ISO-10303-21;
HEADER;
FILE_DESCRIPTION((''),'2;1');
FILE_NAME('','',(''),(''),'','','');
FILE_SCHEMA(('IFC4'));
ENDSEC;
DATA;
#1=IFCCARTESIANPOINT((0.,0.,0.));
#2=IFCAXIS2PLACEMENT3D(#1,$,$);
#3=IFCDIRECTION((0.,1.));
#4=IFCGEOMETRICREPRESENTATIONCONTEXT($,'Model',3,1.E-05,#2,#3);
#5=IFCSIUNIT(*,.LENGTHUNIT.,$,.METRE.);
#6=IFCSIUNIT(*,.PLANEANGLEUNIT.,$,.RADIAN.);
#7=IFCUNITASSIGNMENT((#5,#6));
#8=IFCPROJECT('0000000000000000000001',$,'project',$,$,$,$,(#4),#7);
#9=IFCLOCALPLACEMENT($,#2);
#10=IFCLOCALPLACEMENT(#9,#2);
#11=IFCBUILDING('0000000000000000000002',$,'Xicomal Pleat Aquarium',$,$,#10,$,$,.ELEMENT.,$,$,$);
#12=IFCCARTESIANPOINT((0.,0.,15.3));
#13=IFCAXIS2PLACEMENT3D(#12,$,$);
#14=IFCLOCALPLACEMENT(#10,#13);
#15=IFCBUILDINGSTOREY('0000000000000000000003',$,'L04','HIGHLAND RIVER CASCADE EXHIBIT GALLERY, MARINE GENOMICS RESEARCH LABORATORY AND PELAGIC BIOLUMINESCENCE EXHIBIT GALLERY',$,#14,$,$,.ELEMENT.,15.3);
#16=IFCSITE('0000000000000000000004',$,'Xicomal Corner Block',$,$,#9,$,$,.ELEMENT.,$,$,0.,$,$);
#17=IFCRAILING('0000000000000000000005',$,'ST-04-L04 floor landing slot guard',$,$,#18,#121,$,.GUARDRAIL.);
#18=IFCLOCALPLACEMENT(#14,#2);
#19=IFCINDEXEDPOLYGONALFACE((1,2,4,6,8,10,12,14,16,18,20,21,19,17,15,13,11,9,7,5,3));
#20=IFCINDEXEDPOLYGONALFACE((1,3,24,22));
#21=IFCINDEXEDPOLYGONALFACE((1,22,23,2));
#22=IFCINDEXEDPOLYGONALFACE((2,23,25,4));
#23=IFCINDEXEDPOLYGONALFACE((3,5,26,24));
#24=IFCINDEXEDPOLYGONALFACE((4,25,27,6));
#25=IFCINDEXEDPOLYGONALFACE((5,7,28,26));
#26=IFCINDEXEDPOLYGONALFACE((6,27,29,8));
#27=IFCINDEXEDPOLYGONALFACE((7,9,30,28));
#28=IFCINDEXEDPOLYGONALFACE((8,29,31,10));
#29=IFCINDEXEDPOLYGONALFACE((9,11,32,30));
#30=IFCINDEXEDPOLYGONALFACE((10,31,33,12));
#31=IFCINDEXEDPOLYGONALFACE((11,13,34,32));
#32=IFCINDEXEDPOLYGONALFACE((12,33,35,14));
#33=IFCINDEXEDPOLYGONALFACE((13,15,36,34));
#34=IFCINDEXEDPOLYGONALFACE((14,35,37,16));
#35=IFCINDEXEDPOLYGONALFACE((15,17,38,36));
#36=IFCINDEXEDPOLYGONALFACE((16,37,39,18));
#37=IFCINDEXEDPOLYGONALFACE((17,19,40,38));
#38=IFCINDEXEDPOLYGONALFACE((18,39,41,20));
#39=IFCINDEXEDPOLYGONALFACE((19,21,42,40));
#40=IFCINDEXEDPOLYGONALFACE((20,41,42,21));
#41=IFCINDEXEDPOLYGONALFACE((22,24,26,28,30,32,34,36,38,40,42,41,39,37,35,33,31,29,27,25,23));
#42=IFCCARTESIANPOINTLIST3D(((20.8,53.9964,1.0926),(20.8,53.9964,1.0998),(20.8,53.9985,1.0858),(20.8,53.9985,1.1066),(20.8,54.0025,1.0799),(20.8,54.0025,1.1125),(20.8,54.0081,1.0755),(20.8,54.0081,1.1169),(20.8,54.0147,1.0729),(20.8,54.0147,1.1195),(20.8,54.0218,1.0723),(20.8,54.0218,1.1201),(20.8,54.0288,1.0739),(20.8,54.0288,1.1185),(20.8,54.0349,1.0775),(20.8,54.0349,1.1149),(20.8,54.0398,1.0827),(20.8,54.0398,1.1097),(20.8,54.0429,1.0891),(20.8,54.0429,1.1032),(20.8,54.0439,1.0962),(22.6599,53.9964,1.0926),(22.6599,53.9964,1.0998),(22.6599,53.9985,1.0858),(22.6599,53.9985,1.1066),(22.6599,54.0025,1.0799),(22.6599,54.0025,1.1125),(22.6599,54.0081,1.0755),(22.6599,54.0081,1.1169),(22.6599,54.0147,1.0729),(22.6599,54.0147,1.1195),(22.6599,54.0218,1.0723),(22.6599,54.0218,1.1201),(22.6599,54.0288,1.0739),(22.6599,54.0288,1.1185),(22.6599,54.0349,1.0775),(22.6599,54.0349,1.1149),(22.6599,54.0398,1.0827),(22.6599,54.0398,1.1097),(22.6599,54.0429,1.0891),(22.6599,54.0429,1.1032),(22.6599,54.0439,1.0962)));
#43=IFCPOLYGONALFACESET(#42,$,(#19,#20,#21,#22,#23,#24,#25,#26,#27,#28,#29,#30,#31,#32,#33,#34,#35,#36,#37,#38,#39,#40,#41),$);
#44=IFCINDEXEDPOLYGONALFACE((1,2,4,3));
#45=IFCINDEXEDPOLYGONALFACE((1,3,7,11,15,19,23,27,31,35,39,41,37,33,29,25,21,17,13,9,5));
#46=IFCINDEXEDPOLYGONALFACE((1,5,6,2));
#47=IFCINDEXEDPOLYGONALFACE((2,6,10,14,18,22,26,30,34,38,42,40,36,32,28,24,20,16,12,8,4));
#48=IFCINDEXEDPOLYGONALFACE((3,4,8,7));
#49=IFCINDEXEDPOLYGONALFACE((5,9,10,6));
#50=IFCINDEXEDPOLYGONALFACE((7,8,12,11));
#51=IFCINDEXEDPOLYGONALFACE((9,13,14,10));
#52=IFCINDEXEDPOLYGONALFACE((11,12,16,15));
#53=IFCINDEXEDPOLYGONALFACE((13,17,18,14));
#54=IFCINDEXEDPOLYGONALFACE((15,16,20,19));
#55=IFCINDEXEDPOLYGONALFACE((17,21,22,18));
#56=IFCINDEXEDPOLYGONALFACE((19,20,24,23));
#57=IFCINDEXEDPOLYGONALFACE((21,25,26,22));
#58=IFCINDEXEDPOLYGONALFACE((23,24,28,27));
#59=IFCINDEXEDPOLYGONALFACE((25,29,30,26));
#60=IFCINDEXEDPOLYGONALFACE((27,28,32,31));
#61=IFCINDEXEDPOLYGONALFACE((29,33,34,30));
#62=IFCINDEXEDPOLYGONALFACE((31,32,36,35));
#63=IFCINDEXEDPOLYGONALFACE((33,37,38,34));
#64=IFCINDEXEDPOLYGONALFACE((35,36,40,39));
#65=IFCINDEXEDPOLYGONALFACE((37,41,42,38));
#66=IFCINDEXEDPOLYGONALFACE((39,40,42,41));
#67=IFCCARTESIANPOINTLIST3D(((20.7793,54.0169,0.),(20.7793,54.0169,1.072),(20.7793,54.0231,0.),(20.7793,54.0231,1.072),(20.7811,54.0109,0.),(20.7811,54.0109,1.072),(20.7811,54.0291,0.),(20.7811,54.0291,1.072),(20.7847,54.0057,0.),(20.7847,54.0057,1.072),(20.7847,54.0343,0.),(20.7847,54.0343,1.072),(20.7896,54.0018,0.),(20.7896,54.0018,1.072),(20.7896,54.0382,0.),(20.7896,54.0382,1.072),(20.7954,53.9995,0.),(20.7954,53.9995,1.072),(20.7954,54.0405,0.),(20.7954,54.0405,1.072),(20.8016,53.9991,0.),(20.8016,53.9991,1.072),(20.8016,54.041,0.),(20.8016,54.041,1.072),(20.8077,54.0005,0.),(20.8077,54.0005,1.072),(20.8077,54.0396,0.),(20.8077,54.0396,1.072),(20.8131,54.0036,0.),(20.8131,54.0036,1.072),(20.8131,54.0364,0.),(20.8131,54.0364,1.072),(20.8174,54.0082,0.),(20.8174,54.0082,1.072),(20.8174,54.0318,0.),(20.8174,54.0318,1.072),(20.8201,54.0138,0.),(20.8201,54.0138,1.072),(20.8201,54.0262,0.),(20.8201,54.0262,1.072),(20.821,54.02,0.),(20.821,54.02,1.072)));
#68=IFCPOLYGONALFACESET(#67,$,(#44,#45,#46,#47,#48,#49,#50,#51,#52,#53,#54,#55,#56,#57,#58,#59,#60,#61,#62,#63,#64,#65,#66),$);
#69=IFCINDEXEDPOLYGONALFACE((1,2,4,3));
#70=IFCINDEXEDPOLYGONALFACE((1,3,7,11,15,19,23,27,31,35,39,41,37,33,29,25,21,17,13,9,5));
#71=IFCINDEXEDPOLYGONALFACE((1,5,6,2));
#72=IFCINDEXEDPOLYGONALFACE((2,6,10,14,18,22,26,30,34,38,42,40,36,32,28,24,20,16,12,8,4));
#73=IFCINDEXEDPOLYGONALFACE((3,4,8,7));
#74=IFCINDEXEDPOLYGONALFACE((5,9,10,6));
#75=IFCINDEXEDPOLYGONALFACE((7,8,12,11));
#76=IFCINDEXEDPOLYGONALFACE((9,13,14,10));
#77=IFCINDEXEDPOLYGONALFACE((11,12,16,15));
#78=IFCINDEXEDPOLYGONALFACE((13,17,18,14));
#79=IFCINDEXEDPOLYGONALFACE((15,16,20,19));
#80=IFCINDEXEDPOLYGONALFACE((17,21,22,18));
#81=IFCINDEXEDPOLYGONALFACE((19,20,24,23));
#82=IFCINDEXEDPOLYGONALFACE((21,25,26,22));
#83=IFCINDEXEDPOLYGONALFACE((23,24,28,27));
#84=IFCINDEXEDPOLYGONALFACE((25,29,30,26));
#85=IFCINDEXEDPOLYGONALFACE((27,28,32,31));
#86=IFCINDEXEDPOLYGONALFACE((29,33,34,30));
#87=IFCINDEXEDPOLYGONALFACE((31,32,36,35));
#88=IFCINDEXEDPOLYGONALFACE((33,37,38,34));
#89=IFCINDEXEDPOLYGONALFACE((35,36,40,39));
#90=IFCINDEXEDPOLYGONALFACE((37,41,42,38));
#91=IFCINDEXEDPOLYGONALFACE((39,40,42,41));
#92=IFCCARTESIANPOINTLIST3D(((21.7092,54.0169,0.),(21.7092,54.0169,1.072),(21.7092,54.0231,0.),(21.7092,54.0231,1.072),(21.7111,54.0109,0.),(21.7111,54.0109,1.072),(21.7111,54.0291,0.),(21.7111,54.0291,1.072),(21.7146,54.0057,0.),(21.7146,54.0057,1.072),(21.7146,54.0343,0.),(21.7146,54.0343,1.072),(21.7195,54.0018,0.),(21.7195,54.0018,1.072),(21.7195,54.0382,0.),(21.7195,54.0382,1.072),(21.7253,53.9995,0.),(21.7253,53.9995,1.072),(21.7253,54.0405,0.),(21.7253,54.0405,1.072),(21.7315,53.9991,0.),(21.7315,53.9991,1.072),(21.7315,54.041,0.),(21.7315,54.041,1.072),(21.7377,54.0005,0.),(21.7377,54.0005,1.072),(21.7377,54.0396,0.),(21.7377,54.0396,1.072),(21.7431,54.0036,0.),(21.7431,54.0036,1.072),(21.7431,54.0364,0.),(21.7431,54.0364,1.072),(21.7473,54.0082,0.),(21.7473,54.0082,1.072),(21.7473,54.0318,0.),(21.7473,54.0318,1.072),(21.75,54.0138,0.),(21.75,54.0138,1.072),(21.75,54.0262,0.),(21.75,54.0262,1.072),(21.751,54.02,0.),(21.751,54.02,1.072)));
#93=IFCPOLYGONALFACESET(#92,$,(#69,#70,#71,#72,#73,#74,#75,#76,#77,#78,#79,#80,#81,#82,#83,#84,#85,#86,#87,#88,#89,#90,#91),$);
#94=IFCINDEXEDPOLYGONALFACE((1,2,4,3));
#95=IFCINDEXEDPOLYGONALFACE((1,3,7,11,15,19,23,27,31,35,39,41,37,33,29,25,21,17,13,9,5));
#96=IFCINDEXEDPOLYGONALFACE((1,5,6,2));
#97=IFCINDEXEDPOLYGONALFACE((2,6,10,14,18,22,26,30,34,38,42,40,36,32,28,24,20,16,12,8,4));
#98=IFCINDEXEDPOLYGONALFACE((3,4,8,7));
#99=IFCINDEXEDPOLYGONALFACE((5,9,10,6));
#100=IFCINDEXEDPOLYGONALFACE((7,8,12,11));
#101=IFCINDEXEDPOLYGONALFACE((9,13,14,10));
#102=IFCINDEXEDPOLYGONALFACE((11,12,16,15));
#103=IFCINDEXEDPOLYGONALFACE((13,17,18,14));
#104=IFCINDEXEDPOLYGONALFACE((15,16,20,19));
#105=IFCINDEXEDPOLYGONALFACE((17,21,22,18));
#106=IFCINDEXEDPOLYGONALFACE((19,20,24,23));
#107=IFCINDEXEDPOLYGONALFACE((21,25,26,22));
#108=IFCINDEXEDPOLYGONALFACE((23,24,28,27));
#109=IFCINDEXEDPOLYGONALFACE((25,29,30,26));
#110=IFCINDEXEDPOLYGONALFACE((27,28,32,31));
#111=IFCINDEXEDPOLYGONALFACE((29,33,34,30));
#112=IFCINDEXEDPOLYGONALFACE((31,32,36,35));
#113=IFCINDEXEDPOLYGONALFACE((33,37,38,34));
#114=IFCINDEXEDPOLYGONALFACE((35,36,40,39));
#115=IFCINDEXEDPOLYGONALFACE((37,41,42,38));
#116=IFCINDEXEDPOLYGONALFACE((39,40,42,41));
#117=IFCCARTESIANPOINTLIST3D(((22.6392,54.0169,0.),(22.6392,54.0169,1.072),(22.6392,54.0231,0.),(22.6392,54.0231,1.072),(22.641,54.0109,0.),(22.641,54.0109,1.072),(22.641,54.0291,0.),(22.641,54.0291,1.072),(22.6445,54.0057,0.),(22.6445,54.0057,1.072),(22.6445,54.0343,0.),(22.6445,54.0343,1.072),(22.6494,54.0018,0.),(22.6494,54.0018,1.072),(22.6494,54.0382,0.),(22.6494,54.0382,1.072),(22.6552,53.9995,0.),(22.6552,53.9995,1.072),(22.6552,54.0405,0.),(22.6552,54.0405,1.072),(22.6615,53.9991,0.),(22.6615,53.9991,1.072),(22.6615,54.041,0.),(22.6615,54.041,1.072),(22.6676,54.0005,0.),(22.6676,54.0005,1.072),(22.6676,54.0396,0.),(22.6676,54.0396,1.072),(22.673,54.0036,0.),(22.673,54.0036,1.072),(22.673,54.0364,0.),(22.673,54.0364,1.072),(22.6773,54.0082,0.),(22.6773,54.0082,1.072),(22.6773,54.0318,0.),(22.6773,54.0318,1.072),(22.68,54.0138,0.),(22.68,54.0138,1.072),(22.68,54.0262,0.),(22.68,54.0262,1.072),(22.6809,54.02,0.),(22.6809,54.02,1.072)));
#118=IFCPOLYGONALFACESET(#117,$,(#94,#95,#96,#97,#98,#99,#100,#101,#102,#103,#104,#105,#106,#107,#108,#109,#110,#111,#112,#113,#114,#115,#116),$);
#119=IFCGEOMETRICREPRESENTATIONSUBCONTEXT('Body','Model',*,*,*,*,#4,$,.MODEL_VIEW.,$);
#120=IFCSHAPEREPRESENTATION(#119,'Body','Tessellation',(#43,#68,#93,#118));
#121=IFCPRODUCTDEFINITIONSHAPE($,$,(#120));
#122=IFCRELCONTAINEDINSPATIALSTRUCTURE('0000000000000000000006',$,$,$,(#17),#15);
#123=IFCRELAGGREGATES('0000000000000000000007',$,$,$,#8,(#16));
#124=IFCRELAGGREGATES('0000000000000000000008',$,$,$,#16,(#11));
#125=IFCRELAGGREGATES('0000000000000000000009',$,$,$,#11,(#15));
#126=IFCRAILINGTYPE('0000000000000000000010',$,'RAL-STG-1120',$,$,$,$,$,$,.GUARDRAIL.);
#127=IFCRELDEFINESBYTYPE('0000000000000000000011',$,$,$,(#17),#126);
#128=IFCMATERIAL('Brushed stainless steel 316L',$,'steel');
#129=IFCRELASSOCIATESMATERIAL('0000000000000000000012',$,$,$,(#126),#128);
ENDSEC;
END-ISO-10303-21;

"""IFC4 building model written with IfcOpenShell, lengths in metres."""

from ifc_helpers import new_model, si_unit, direction, frame, origin, origin_2d, place, context, subcontext, project, spatial, circle, extrude, material, type_object, element, save


model = new_model("IFC4")

# Units and contexts
model_context = context("Model", 3, precision=1e-05, world=origin(), true_north=direction((0.0, 1.0)))
body_context = subcontext(model_context, "Body", "Model", "MODEL_VIEW")
ifc_project = project(units=[si_unit("LENGTHUNIT", "METRE"), si_unit("PLANEANGLEUNIT", "RADIAN")], contexts=[model_context])

# Site, building, storey
site_placement = place(None, origin())
site = spatial("IfcSite", under=ifc_project, at=site_placement, Name="Xicomal Corner Block", CompositionType="ELEMENT", RefElevation=0.0)
building_placement = place(site_placement, origin())
building = spatial("IfcBuilding", under=site, at=building_placement, Name="Xicomal Pleat Aquarium", CompositionType="ELEMENT")
storey_placement = place(building_placement, frame((0.0, 0.0, 15.3)))
storey = spatial("IfcBuildingStorey", under=building, at=storey_placement, Name="L04", Description="HIGHLAND RIVER CASCADE EXHIBIT GALLERY, MARINE GENOMICS RESEARCH LABORATORY AND PELAGIC BIOLUMINESCENCE EXHIBIT GALLERY", CompositionType="ELEMENT", Elevation=15.3)

# Railing
ifc_material_1 = material(Name="Brushed stainless steel 316L", Category="steel")
railing_type_1 = type_object("IfcRailingType", Name="RAL-STG-1120", PredefinedType="GUARDRAIL", material=ifc_material_1)
railing_1_placement = place(storey_placement, frame((20.8, 54.02, 0.0)))
element("IfcRailing", 1, at=railing_1_placement, inside=storey, type_object=railing_type_1, Name="ST-04-L04 floor landing slot guard", PredefinedType="GUARDRAIL", context=body_context, shape_type="SweptSolid", body=[
    extrude(circle(Radius=0.0239, at=origin_2d()), frame((0.0, 0.0, 1.0962), z_axis=(1.0, 0.0, 0.0), x_axis=(0.0, 1.0, 0.0)), (0.0, 0.0, 1.0), 1.8599),
    extrude(circle(Radius=0.021, at=origin_2d()), origin(), (0.0, 0.0, 1.0), 1.072),
    extrude(circle(Radius=0.021, at=origin_2d()), frame((0.9299, 0.0, 0.0)), (0.0, 0.0, 1.0), 1.072),
    extrude(circle(Radius=0.021, at=origin_2d()), frame((1.8599, 0.0, 0.0)), (0.0, 0.0, 1.0), 1.072),
])

save(model, "model.ifc")
